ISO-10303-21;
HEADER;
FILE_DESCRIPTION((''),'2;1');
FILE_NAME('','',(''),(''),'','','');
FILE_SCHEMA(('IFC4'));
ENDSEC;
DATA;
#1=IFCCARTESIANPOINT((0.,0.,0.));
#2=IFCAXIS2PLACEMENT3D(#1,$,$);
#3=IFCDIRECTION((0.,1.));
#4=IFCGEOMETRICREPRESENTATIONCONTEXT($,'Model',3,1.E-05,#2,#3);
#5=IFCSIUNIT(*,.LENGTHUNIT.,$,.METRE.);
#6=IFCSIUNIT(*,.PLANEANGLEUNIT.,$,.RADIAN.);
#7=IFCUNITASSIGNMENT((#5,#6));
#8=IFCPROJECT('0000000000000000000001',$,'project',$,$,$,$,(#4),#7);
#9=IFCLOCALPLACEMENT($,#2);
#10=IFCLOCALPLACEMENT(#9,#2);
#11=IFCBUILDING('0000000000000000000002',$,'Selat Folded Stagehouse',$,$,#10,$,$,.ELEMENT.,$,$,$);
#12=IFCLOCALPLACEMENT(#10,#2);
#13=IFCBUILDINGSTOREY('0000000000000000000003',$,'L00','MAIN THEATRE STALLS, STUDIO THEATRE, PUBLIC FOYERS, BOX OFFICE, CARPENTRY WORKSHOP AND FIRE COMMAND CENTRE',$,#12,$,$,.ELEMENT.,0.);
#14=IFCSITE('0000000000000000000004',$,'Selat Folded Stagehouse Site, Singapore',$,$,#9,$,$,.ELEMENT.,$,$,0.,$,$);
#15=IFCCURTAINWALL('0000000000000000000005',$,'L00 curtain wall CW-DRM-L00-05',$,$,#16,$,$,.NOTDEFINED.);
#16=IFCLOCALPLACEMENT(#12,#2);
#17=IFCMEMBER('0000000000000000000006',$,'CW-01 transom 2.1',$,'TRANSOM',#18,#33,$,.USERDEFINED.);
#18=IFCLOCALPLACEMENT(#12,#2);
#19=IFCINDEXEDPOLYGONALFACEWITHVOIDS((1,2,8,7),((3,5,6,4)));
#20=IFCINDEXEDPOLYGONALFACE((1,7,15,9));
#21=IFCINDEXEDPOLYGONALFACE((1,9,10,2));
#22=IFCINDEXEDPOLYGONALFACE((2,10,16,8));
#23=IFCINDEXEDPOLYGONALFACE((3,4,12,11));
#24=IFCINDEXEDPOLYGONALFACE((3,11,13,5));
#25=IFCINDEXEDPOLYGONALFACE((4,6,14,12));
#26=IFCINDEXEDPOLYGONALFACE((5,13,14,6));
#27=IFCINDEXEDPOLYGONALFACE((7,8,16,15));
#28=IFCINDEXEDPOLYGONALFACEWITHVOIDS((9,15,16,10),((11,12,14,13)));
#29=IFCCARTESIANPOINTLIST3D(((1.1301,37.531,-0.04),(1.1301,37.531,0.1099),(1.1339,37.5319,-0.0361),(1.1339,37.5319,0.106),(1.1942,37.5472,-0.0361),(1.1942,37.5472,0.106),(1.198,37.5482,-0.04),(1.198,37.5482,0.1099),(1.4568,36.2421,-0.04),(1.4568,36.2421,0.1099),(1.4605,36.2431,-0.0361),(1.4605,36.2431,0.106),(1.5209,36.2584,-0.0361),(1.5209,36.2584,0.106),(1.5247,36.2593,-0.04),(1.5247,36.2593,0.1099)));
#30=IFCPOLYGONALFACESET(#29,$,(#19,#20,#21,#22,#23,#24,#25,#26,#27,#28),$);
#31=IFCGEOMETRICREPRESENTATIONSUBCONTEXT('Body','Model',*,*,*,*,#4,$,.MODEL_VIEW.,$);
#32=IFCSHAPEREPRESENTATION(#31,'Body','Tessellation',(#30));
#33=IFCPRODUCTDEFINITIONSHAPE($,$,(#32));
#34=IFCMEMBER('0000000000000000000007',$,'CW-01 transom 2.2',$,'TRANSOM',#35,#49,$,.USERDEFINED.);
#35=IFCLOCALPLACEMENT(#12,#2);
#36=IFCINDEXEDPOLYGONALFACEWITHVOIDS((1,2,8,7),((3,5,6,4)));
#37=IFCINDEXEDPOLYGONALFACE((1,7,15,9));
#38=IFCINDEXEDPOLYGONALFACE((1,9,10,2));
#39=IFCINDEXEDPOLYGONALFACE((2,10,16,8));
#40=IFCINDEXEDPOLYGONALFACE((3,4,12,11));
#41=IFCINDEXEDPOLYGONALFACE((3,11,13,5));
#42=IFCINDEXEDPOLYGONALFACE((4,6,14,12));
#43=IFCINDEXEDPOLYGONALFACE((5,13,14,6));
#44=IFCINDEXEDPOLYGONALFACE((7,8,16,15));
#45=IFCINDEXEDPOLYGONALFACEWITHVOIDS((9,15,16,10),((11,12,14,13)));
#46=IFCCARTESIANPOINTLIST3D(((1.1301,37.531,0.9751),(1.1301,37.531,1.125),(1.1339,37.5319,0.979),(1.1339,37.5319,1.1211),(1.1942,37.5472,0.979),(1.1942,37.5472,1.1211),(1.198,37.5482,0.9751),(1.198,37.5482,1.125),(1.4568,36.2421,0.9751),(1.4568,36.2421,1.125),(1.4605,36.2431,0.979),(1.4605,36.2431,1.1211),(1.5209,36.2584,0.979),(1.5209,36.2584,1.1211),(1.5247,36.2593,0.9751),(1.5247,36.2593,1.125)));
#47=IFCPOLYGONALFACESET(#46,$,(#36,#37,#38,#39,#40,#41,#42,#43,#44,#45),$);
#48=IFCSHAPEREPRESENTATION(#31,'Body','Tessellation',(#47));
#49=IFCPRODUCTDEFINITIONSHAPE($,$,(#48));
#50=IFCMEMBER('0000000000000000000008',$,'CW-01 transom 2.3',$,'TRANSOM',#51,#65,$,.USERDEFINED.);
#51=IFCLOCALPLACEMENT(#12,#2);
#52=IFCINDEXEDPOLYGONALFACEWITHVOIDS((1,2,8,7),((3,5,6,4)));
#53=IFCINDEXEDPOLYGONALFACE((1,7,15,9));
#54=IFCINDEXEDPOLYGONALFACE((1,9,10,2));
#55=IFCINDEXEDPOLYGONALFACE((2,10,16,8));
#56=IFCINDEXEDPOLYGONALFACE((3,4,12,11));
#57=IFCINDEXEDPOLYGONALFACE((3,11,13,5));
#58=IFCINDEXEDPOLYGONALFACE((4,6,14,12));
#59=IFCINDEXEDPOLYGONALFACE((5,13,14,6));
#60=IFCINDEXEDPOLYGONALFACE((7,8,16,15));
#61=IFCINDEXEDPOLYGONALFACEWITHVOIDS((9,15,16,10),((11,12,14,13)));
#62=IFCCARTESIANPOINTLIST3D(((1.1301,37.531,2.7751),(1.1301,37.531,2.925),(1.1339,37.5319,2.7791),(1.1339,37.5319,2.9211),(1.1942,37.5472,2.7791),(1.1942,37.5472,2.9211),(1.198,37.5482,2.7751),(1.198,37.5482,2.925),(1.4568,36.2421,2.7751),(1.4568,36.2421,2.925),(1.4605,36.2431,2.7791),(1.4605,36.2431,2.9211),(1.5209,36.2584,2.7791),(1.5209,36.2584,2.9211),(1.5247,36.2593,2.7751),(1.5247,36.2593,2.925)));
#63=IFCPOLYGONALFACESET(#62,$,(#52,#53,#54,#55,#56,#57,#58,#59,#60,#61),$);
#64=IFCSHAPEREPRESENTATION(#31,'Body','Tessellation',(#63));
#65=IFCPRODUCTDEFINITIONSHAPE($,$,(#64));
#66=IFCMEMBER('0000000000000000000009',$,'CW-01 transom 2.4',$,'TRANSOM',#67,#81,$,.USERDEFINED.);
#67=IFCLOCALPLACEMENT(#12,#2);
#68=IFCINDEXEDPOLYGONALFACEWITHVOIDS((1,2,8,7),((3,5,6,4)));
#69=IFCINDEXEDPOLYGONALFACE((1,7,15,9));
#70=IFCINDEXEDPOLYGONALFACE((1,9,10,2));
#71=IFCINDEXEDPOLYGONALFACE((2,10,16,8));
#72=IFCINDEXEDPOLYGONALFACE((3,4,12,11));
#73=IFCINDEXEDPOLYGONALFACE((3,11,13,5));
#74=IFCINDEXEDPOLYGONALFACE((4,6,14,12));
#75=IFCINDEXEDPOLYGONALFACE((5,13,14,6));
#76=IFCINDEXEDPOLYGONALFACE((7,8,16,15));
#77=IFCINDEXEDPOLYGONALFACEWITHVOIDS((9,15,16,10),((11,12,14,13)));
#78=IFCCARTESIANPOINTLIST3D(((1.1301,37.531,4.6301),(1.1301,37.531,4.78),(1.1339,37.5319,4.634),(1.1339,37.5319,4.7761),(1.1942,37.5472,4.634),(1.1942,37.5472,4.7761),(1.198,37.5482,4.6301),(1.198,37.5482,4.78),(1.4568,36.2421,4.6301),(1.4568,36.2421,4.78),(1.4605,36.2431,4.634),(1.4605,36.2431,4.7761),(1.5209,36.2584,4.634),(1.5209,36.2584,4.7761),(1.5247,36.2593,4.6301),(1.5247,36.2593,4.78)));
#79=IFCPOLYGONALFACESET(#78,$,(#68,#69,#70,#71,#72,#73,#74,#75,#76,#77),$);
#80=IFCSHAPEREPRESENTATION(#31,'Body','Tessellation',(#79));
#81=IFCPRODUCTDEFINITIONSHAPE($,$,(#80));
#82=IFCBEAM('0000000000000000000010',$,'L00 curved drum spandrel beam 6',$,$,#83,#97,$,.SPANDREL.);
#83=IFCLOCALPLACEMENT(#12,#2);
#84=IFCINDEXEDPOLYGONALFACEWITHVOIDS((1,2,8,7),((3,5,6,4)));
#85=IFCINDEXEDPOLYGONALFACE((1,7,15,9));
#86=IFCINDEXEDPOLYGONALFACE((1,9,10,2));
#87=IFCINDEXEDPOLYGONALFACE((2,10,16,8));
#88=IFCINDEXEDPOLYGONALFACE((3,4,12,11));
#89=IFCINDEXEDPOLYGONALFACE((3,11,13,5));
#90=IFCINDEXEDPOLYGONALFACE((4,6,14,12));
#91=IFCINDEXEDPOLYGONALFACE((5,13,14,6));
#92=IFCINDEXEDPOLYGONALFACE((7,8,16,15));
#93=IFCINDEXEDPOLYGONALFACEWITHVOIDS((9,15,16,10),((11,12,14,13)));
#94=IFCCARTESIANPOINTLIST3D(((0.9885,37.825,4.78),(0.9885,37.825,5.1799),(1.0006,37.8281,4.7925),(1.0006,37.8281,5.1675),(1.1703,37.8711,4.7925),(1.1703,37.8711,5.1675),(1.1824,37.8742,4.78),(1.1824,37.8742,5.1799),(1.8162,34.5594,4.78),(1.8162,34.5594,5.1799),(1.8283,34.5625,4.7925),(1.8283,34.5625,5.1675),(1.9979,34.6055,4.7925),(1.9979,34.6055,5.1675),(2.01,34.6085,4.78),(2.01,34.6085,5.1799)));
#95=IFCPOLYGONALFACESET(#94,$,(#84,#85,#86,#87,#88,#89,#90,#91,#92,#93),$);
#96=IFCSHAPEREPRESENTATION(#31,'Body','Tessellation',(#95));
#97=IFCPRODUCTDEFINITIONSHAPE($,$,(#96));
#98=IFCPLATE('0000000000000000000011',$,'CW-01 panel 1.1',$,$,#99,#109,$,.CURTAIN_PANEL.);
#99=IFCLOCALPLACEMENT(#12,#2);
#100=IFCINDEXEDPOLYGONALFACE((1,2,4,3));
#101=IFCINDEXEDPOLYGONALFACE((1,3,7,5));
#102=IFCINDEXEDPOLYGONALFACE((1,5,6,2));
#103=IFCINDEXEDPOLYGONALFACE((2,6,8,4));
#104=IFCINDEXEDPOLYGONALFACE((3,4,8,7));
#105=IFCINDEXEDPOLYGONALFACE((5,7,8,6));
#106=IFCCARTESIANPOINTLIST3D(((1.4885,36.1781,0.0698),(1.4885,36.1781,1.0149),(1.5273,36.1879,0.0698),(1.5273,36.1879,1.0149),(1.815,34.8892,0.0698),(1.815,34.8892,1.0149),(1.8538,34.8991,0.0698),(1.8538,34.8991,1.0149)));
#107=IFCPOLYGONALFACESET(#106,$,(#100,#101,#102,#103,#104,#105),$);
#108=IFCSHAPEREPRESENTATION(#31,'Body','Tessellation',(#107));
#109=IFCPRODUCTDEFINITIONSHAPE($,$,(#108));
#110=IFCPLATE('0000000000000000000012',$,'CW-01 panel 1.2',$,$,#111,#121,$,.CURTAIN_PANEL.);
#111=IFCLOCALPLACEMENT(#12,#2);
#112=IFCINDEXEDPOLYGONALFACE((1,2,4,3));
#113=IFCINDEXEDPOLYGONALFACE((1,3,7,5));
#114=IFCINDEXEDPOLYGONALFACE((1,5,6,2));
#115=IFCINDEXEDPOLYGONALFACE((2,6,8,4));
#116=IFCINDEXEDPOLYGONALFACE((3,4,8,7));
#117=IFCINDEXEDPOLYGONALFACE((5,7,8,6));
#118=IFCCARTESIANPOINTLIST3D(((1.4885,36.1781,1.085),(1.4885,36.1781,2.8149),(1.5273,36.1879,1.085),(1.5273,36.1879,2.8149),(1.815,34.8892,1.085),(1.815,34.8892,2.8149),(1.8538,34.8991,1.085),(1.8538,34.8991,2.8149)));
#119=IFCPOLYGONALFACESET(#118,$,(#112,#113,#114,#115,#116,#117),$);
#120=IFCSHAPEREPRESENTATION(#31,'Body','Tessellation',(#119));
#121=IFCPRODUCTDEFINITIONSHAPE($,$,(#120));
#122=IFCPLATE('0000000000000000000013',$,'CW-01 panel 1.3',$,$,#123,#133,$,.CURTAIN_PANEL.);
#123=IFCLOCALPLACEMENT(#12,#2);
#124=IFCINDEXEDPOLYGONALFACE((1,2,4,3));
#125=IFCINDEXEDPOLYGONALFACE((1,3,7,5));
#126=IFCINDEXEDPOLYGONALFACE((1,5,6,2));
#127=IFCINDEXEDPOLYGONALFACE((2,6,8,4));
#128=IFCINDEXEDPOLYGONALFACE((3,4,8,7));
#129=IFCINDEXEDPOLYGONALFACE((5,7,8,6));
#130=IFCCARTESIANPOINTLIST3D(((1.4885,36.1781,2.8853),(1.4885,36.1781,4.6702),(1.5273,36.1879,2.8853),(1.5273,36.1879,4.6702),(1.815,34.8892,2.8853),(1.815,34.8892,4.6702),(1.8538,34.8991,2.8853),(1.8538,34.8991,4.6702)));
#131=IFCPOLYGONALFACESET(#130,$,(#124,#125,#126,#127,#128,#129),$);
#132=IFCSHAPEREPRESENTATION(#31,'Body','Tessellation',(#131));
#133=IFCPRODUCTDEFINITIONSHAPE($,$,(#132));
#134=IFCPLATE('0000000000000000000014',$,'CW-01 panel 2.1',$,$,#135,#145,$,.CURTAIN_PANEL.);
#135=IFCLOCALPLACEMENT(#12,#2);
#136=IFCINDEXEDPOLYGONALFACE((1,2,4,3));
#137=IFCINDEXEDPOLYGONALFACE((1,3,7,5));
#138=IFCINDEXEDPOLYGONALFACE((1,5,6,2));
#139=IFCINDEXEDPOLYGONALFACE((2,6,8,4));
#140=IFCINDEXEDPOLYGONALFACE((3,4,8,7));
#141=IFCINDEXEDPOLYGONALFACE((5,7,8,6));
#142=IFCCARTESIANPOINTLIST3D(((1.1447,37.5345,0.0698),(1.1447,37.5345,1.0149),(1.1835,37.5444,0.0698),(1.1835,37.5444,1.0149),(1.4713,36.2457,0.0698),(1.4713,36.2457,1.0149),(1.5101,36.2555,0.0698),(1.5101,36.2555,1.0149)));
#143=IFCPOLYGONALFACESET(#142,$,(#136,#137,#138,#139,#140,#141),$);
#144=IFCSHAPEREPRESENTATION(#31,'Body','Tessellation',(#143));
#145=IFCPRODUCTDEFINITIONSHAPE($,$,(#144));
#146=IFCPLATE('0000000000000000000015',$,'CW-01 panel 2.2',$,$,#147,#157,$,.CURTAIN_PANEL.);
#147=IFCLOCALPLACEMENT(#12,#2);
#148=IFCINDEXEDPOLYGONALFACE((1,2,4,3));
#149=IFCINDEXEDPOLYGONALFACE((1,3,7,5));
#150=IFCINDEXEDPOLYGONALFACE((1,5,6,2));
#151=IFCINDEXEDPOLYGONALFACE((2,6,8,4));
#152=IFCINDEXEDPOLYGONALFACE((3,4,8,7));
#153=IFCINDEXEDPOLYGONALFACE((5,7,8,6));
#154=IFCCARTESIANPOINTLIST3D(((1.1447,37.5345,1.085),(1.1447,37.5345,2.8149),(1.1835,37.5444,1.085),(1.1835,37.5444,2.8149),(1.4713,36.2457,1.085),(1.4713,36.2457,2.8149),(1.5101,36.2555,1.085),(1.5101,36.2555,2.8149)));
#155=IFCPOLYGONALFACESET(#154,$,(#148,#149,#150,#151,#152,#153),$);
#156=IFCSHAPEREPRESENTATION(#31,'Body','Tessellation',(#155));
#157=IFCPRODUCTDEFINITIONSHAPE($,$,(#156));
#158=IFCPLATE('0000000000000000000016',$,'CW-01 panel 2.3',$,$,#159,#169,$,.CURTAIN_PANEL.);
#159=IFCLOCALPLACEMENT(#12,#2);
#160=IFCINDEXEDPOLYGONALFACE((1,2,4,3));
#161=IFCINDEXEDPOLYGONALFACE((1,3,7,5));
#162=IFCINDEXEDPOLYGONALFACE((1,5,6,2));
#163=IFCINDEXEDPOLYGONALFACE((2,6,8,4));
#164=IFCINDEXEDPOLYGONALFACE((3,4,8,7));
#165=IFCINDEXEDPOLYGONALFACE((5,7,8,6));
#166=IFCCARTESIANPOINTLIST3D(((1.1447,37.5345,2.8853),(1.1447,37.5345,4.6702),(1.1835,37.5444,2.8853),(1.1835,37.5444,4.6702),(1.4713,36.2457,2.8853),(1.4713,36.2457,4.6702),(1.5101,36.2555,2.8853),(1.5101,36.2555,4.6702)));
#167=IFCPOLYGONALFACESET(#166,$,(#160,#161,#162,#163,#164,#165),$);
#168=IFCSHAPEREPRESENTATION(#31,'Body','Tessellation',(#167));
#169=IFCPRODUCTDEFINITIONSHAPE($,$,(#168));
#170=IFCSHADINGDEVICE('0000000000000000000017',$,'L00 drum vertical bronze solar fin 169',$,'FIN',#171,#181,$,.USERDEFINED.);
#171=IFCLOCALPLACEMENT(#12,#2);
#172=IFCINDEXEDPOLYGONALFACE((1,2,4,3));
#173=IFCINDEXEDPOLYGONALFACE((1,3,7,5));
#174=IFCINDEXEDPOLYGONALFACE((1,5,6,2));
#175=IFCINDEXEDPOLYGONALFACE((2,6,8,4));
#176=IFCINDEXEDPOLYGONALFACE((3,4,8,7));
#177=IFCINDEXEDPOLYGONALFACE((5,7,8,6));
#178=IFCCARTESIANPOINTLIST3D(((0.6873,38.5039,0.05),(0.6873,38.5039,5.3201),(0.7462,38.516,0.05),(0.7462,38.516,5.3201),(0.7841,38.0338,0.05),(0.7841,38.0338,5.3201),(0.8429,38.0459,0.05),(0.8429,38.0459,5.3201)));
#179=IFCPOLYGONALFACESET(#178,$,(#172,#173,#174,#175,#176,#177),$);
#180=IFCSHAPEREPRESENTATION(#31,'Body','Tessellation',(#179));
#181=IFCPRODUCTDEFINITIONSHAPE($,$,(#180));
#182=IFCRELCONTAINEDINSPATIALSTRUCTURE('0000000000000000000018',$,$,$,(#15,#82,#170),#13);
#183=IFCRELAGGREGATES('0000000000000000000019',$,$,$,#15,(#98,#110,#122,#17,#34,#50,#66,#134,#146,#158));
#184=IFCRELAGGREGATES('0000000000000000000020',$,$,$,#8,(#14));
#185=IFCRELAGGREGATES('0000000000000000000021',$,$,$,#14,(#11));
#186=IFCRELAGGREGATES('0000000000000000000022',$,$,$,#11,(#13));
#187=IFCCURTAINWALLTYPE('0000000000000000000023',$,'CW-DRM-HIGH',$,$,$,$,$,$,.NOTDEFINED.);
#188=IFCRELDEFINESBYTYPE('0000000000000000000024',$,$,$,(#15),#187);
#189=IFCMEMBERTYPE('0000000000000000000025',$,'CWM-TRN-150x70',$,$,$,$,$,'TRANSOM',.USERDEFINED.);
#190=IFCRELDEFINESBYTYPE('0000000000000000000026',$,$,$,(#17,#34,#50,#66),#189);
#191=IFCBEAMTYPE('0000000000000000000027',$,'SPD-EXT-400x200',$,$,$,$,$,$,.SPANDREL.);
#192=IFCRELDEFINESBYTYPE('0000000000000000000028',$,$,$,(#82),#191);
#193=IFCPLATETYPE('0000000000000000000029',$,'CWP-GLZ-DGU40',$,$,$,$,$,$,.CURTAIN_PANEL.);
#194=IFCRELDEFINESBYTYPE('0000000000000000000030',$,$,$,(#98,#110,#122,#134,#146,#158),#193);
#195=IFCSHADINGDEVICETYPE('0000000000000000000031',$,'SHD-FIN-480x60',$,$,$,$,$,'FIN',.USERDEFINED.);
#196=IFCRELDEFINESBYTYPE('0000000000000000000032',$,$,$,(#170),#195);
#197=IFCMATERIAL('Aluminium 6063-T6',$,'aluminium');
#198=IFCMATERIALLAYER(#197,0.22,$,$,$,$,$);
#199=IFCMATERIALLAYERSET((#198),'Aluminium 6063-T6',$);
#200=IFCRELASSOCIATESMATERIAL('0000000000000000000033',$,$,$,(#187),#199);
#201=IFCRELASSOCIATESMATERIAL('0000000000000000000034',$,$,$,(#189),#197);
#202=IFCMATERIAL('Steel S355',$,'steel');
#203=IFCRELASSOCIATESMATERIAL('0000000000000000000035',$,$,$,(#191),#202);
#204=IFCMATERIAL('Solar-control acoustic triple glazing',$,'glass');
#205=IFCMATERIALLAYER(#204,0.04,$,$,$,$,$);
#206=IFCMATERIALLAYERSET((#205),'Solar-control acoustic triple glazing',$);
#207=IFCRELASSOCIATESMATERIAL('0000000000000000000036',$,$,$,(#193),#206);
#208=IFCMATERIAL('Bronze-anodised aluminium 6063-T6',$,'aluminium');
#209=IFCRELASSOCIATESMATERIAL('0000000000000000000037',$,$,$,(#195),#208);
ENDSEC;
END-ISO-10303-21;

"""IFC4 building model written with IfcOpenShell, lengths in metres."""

from ifc_helpers import new_model, si_unit, direction, frame, origin, origin_2d, place, context, subcontext, project, spatial, rectangle, hollow_rectangle, extrude, material, layer, layer_set, material_profile, profile_set, type_object, element, aggregate, save


model = new_model("IFC4")

# Units and contexts
model_context = context("Model", 3, precision=1e-05, world=origin(), true_north=direction((0.0, 1.0)))
body_context = subcontext(model_context, "Body", "Model", "MODEL_VIEW")
ifc_project = project(units=[si_unit("LENGTHUNIT", "METRE"), si_unit("PLANEANGLEUNIT", "RADIAN")], contexts=[model_context])

# Site, building, storey
site_placement = place(None, origin())
site = spatial("IfcSite", under=ifc_project, at=site_placement, Name="Selat Folded Stagehouse Site, Singapore", CompositionType="ELEMENT", RefElevation=0.0)
building_placement = place(site_placement, origin())
building = spatial("IfcBuilding", under=site, at=building_placement, Name="Selat Folded Stagehouse", CompositionType="ELEMENT")
storey_placement = place(building_placement, origin())
storey = spatial("IfcBuildingStorey", under=building, at=storey_placement, Name="L00", Description="MAIN THEATRE STALLS, STUDIO THEATRE, PUBLIC FOYERS, BOX OFFICE, CARPENTRY WORKSHOP AND FIRE COMMAND CENTRE", CompositionType="ELEMENT", Elevation=0.0)

# Shared definitions
ifc_material_1 = material(Name="Steel S355", Category="steel")

# Shared definitions
ifc_material_2 = material(Name="Aluminium 6063-T6", Category="aluminium")
ifc_layer_1 = layer(ifc_material_2, 0.22)
ifc_layer_set_1 = layer_set([ifc_layer_1], Name="Aluminium 6063-T6")
curtain_wall_type = type_object("IfcCurtainWallType", Name="CW-DRM-HIGH", PredefinedType="NOTDEFINED", material=ifc_layer_set_1)

# Curtain wall
curtain_wall_1_placement = place(storey_placement, origin())
curtain_wall_1 = element("IfcCurtainWall", 1, at=curtain_wall_1_placement, inside=storey, type_object=curtain_wall_type, Name="L00 curtain wall CW-DRM-L00-05", PredefinedType="NOTDEFINED")

# Members
ifc_material_profile_1 = material_profile(ifc_material_2, hollow_rectangle(XDim=0.0701, YDim=0.1499, WallThickness=0.0039, at=origin_2d()), Name="ALU 150x70x4.0")
ifc_profile_set_1 = profile_set([ifc_material_profile_1], Name="Aluminium 6063-T6")
member_type_1 = type_object("IfcMemberType", Name="CWM-TRN-150x70", ElementType="TRANSOM", PredefinedType="USERDEFINED", material=ifc_profile_set_1)
member_1_placement = place(storey_placement, frame((1.4907, 36.2507, 0.0349), z_axis=(-0.245688, 0.969349, 0.0), x_axis=(-0.969349, -0.245688, 0.0)))
member_1 = element("IfcMember", 2, at=member_1_placement, type_object=member_type_1, Name="CW-01 transom 2.1", ObjectType="TRANSOM", PredefinedType="USERDEFINED", context=body_context, shape_type="SweptSolid", body=[
    extrude(hollow_rectangle(XDim=0.0701, YDim=0.1499, WallThickness=0.0039, at=origin_2d()), origin(), (0.0, 0.0, 1.0), 1.3296),
])
member_2_placement = place(storey_placement, frame((1.4907, 36.2507, 1.05), z_axis=(-0.245688, 0.969349, 0.0), x_axis=(-0.969349, -0.245688, 0.0)))
member_2 = element("IfcMember", 3, at=member_2_placement, type_object=member_type_1, Name="CW-01 transom 2.2", ObjectType="TRANSOM", PredefinedType="USERDEFINED", context=body_context, shape_type="SweptSolid", body=[
    extrude(hollow_rectangle(XDim=0.0701, YDim=0.1499, WallThickness=0.0039, at=origin_2d()), origin(), (0.0, 0.0, 1.0), 1.3296),
])
member_3_placement = place(storey_placement, frame((1.4907, 36.2507, 2.8501), z_axis=(-0.245688, 0.969349, 0.0), x_axis=(-0.969349, -0.245688, 0.0)))
member_3 = element("IfcMember", 4, at=member_3_placement, type_object=member_type_1, Name="CW-01 transom 2.3", ObjectType="TRANSOM", PredefinedType="USERDEFINED", context=body_context, shape_type="SweptSolid", body=[
    extrude(hollow_rectangle(XDim=0.0701, YDim=0.1499, WallThickness=0.0039, at=origin_2d()), origin(), (0.0, 0.0, 1.0), 1.3296),
])
member_4_placement = place(storey_placement, frame((1.4907, 36.2507, 4.7051), z_axis=(-0.245688, 0.969349, 0.0), x_axis=(-0.969349, -0.245688, 0.0)))
member_4 = element("IfcMember", 5, at=member_4_placement, type_object=member_type_1, Name="CW-01 transom 2.4", ObjectType="TRANSOM", PredefinedType="USERDEFINED", context=body_context, shape_type="SweptSolid", body=[
    extrude(hollow_rectangle(XDim=0.0701, YDim=0.1499, WallThickness=0.0039, at=origin_2d()), origin(), (0.0, 0.0, 1.0), 1.3296),
])

# Beam
ifc_material_profile_2 = material_profile(ifc_material_1, hollow_rectangle(XDim=0.2, YDim=0.3999, WallThickness=0.0125, at=origin_2d()), Name="RHS 400x200x12.5")
ifc_profile_set_2 = profile_set([ifc_material_profile_2], Name="Steel S355")
beam_type = type_object("IfcBeamType", Name="SPD-EXT-400x200", PredefinedType="SPANDREL", material=ifc_profile_set_2)
beam_placement = place(storey_placement, frame((1.0854, 37.8496, 4.98), z_axis=(0.245672, -0.969353, 0.0), x_axis=(0.969353, 0.245672, 0.0)))
element("IfcBeam", 6, at=beam_placement, inside=storey, type_object=beam_type, Name="L00 curved drum spandrel beam 6", PredefinedType="SPANDREL", context=body_context, shape_type="SweptSolid", body=[
    extrude(hollow_rectangle(XDim=0.2, YDim=0.3999, WallThickness=0.0125, at=origin_2d()), origin(), (0.0, 0.0, 1.0), 3.3689),
])

# Plates
ifc_material_3 = material(Name="Solar-control acoustic triple glazing", Category="glass")
ifc_layer_2 = layer(ifc_material_3, 0.04)
ifc_layer_set_2 = layer_set([ifc_layer_2], Name="Solar-control acoustic triple glazing")
plate_type = type_object("IfcPlateType", Name="CWP-GLZ-DGU40", PredefinedType="CURTAIN_PANEL", material=ifc_layer_set_2)
plate_1_placement = place(storey_placement, frame((1.6711, 35.5386, 0.0698), z_axis=(0.0, 0.0, 1.0), x_axis=(-0.245618, 0.969367, 0.0)))
plate_1 = element("IfcPlate", 7, at=plate_1_placement, type_object=plate_type, Name="CW-01 panel 1.1", PredefinedType="CURTAIN_PANEL", context=body_context, shape_type="SweptSolid", body=[
    extrude(rectangle(XDim=1.3296, YDim=0.04, at=origin_2d()), origin(), (0.0, 0.0, 1.0), 0.9451),
])
plate_2_placement = place(storey_placement, frame((1.6711, 35.5386, 1.085), z_axis=(0.0, 0.0, 1.0), x_axis=(-0.245618, 0.969367, 0.0)))
plate_2 = element("IfcPlate", 8, at=plate_2_placement, type_object=plate_type, Name="CW-01 panel 1.2", PredefinedType="CURTAIN_PANEL", context=body_context, shape_type="SweptSolid", body=[
    extrude(rectangle(XDim=1.3296, YDim=0.04, at=origin_2d()), origin(), (0.0, 0.0, 1.0), 1.73),
])
plate_3_placement = place(storey_placement, frame((1.6711, 35.5386, 2.8853), z_axis=(0.0, 0.0, 1.0), x_axis=(-0.245618, 0.969367, 0.0)))
plate_3 = element("IfcPlate", 9, at=plate_3_placement, type_object=plate_type, Name="CW-01 panel 1.3", PredefinedType="CURTAIN_PANEL", context=body_context, shape_type="SweptSolid", body=[
    extrude(rectangle(XDim=1.3296, YDim=0.04, at=origin_2d()), origin(), (0.0, 0.0, 1.0), 1.7849),
])
plate_4_placement = place(storey_placement, frame((1.3274, 36.895, 0.0698), z_axis=(0.0, 0.0, 1.0), x_axis=(-0.245618, 0.969367, 0.0)))
plate_4 = element("IfcPlate", 10, at=plate_4_placement, type_object=plate_type, Name="CW-01 panel 2.1", PredefinedType="CURTAIN_PANEL", context=body_context, shape_type="SweptSolid", body=[
    extrude(rectangle(XDim=1.3296, YDim=0.04, at=origin_2d()), origin(), (0.0, 0.0, 1.0), 0.9451),
])
plate_5_placement = place(storey_placement, frame((1.3274, 36.895, 1.085), z_axis=(0.0, 0.0, 1.0), x_axis=(-0.245618, 0.969367, 0.0)))
plate_5 = element("IfcPlate", 11, at=plate_5_placement, type_object=plate_type, Name="CW-01 panel 2.2", PredefinedType="CURTAIN_PANEL", context=body_context, shape_type="SweptSolid", body=[
    extrude(rectangle(XDim=1.3296, YDim=0.04, at=origin_2d()), origin(), (0.0, 0.0, 1.0), 1.73),
])
plate_6_placement = place(storey_placement, frame((1.3274, 36.895, 2.8853), z_axis=(0.0, 0.0, 1.0), x_axis=(-0.245618, 0.969367, 0.0)))
plate_6 = element("IfcPlate", 12, at=plate_6_placement, type_object=plate_type, Name="CW-01 panel 2.3", PredefinedType="CURTAIN_PANEL", context=body_context, shape_type="SweptSolid", body=[
    extrude(rectangle(XDim=1.3296, YDim=0.04, at=origin_2d()), origin(), (0.0, 0.0, 1.0), 1.7849),
])
aggregate(curtain_wall_1, [plate_1, plate_2, plate_3, member_1, member_2, member_3, member_4, plate_4, plate_5, plate_6])

# Shading device
ifc_material_4 = material(Name="Bronze-anodised aluminium 6063-T6", Category="aluminium")
ifc_material_profile_3 = material_profile(ifc_material_4, rectangle(XDim=0.0601, YDim=0.48, at=origin_2d()), Name="SOLAR-FIN 480x60")
ifc_profile_set_3 = profile_set([ifc_material_profile_3], Name="Bronze-anodised aluminium 6063-T6")
shading_device_type = type_object("IfcShadingDeviceType", Name="SHD-FIN-480x60", ElementType="FIN", PredefinedType="USERDEFINED", material=ifc_profile_set_3)
for number, where, z_axis, x_axis, name in (
    (13, (0.7651, 38.2749, 0.05), (0.0, 0.0, 1.0), (-0.97947, -0.201591, 0.0), "L00 drum vertical bronze solar fin 169"),
):
    element("IfcShadingDevice", number, at=place(storey_placement, frame(where, z_axis=z_axis, x_axis=x_axis)), inside=storey, type_object=shading_device_type, Name=name, ObjectType="FIN", PredefinedType="USERDEFINED", context=body_context, shape_type="SweptSolid", body=[
        extrude(rectangle(XDim=0.0601, YDim=0.48, at=origin_2d()), origin(), (0.0, 0.0, 1.0), 5.27),
    ])

save(model, "model.ifc")
